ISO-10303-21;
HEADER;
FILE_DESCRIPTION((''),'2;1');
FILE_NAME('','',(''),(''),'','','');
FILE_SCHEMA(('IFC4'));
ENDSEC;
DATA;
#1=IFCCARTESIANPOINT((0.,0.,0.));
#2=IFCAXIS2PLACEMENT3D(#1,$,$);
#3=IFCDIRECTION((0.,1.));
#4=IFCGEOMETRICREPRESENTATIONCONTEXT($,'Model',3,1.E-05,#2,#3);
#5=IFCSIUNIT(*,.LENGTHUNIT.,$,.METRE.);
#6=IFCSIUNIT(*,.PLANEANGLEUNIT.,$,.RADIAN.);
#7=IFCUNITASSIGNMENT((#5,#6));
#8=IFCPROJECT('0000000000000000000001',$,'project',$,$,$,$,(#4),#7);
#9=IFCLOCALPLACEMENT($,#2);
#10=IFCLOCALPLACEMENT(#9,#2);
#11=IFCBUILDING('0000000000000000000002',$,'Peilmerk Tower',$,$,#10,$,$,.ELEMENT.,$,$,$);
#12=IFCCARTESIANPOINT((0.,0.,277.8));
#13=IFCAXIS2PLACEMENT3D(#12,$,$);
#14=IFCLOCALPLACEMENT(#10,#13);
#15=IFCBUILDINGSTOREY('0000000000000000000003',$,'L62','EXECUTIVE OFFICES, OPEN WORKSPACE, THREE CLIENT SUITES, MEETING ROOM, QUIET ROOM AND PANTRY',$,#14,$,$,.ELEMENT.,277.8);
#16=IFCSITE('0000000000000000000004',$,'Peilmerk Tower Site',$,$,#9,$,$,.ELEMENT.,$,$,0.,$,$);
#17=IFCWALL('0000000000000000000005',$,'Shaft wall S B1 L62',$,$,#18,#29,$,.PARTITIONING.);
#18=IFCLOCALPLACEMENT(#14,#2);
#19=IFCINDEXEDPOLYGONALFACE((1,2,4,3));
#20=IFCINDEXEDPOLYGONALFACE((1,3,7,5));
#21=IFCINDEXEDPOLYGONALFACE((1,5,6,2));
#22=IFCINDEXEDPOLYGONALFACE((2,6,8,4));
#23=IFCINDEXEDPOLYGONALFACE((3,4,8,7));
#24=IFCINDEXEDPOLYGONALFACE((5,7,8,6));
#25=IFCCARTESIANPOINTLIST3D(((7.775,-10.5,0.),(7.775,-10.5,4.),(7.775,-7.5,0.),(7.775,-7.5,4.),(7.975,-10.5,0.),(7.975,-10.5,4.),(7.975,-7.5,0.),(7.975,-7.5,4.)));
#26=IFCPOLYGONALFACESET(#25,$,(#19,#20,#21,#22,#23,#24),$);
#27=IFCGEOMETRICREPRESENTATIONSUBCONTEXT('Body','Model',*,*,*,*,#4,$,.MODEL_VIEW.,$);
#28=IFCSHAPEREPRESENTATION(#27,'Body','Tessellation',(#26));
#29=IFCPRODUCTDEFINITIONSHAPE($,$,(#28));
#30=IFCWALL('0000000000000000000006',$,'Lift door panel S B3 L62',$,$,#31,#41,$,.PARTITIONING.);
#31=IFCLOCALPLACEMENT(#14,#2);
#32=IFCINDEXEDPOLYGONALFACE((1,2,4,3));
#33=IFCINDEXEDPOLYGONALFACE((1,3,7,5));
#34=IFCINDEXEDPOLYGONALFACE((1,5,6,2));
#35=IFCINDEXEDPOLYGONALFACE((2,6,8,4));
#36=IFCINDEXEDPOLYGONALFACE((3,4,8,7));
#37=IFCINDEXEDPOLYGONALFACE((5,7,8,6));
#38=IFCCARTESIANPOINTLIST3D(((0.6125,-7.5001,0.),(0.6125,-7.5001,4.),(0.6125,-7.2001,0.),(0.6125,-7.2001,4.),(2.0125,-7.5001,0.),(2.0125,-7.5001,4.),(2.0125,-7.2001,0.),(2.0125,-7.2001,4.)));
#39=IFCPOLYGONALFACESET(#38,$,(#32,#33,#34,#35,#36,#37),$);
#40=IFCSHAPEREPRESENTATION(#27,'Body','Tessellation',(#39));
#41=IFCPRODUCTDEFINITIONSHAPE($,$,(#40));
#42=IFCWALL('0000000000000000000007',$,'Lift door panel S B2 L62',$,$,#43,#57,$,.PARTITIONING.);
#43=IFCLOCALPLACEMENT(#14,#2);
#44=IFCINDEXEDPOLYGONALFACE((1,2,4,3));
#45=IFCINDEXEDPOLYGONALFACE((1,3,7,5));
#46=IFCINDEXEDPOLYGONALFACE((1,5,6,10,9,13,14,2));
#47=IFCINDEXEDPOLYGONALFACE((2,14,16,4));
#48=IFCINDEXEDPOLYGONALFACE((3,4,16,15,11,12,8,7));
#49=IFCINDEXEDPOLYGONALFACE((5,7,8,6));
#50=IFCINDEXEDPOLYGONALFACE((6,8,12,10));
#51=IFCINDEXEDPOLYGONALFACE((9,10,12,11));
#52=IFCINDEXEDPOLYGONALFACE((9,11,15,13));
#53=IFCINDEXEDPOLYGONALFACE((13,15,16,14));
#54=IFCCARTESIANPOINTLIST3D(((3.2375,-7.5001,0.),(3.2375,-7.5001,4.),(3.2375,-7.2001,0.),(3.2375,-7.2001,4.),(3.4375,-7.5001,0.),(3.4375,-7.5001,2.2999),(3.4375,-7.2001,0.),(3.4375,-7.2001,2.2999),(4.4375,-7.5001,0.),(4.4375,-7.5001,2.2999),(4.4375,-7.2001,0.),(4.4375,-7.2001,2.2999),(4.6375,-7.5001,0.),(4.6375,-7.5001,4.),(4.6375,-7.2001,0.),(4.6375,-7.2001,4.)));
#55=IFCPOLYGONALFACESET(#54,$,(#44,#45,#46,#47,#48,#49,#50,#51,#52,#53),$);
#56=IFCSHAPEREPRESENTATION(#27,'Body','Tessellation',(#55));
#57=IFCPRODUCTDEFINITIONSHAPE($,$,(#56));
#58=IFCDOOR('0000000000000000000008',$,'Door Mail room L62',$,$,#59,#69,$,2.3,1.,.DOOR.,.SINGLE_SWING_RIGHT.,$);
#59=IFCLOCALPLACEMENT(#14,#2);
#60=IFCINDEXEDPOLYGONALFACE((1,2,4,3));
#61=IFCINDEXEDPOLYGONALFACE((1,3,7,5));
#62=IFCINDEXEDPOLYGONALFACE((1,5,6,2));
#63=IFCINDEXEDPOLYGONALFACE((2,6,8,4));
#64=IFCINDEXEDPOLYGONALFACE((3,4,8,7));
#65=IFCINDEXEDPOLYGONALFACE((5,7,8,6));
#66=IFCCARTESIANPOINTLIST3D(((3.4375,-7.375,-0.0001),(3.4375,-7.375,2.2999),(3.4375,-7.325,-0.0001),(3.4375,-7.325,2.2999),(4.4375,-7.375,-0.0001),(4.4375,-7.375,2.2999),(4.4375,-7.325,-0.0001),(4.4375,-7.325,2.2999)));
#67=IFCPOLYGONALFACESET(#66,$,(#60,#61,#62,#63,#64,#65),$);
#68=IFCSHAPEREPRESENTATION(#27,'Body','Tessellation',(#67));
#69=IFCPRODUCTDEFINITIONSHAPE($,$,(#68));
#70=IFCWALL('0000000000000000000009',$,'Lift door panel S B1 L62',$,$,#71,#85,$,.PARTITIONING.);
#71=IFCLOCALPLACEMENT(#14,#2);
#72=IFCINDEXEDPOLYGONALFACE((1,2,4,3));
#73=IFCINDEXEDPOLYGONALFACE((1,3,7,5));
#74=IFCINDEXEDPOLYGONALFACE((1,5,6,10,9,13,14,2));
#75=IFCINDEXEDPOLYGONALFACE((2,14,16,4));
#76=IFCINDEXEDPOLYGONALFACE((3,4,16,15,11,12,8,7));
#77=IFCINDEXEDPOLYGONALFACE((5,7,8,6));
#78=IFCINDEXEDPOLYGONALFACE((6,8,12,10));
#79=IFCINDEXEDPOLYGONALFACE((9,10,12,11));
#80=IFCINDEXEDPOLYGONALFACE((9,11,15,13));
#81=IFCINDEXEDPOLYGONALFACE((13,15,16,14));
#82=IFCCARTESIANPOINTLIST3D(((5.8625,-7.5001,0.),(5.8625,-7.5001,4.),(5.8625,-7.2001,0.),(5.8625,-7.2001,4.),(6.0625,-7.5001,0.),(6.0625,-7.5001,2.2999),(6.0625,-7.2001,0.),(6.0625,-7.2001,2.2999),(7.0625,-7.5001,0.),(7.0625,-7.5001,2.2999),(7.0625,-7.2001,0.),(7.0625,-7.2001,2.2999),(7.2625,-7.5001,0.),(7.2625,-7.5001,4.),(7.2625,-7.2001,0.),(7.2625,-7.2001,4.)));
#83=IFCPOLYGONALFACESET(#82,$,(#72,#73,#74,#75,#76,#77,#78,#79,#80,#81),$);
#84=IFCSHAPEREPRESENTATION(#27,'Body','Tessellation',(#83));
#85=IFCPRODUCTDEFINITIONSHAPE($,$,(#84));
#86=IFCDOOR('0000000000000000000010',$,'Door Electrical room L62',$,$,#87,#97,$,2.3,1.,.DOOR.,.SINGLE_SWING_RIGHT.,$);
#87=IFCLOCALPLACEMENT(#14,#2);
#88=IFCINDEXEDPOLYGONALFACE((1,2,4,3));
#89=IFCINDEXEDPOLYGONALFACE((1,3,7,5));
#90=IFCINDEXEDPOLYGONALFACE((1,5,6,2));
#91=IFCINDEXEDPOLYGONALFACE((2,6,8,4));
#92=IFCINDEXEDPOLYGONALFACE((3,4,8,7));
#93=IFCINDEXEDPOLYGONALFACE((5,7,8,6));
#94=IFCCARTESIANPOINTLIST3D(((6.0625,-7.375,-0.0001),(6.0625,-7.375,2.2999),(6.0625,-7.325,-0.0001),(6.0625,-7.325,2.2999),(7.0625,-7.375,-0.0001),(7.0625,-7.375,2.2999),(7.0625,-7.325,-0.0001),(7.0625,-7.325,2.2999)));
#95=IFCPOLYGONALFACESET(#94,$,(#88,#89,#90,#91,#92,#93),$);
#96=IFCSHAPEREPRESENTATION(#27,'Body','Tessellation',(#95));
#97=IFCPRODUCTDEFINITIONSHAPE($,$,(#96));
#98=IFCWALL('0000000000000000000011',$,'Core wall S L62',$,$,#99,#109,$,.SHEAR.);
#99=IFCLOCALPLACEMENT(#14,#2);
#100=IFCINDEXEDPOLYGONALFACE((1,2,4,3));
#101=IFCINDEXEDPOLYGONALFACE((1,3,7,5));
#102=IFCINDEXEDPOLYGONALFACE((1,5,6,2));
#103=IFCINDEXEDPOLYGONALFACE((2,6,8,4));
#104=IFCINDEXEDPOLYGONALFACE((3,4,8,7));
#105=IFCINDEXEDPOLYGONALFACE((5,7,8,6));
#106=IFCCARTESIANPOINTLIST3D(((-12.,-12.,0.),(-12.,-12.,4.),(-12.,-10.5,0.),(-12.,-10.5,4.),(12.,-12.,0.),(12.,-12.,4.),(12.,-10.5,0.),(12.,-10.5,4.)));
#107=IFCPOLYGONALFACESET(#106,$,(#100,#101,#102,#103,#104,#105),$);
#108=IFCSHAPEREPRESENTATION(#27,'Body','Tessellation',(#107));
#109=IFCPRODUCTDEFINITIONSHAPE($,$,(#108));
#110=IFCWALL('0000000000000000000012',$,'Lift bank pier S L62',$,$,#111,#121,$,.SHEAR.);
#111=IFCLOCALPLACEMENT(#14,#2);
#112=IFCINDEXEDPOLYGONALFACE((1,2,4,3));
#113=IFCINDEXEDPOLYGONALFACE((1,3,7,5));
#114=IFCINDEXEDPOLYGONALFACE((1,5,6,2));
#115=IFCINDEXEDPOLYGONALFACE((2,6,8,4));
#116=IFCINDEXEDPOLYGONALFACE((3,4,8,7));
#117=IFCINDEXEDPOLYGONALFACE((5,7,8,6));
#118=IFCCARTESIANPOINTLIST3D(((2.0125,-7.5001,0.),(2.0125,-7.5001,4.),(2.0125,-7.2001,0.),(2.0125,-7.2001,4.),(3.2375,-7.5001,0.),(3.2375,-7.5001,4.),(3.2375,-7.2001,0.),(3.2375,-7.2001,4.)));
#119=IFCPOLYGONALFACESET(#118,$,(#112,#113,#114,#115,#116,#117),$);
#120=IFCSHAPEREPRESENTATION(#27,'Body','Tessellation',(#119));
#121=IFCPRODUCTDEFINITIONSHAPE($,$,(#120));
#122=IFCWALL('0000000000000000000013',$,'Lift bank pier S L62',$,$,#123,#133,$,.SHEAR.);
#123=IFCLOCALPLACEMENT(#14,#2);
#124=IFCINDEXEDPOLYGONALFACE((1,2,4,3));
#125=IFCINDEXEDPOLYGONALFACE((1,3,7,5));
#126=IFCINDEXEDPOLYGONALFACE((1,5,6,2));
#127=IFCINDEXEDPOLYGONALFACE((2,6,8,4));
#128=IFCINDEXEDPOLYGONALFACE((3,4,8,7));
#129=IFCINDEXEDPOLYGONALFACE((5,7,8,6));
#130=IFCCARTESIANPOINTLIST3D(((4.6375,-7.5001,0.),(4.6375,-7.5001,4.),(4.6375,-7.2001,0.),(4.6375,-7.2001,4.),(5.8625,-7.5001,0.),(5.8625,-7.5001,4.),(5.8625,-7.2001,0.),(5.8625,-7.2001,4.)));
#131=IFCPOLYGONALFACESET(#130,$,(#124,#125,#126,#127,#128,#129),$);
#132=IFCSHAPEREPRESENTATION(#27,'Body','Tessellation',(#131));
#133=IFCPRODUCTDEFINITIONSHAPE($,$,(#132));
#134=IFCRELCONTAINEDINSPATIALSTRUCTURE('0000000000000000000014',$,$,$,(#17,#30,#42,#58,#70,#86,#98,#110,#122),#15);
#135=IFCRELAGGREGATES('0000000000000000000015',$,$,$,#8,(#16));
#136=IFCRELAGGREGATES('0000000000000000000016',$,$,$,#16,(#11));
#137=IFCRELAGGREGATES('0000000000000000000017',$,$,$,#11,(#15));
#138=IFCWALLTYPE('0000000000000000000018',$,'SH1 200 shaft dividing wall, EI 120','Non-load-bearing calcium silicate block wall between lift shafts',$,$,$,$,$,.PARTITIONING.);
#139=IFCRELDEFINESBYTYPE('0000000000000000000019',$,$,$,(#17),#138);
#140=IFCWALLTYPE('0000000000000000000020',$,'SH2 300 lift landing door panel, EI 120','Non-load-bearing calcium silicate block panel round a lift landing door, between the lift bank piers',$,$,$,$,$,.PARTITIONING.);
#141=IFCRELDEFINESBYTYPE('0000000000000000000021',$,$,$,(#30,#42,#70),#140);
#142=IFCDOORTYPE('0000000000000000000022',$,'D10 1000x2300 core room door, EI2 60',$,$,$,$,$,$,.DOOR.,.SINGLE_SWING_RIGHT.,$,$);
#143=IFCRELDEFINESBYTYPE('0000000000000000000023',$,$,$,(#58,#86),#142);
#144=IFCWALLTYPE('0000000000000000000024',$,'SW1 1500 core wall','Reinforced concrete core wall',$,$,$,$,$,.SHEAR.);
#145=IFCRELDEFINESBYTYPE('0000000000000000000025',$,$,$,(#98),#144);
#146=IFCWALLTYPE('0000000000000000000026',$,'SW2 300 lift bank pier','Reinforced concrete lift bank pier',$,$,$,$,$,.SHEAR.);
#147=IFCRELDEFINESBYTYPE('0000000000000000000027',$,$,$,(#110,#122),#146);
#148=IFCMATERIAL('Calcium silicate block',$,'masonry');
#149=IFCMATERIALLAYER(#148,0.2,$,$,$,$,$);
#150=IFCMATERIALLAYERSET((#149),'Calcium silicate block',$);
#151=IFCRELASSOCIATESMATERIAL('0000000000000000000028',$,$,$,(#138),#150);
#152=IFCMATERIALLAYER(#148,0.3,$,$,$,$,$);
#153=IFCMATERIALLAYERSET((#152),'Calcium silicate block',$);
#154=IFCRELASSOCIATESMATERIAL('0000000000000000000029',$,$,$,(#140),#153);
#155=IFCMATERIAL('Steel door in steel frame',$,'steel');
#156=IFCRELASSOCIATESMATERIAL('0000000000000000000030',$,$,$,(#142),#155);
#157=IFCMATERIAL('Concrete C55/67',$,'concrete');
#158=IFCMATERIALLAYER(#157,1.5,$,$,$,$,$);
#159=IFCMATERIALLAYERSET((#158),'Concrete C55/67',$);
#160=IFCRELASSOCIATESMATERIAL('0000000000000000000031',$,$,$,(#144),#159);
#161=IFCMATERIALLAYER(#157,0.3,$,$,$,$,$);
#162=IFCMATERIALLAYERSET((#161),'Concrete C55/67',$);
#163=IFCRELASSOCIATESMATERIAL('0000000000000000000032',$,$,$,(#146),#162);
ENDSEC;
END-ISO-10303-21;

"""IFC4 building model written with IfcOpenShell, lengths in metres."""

from ifc_helpers import new_model, si_unit, direction, frame, frame_2d, origin, place, context, subcontext, project, spatial, rectangle, extrude, material, layer, layer_set, type_object, element, fill, save


model = new_model("IFC4")

# Units and contexts
model_context = context("Model", 3, precision=1e-05, world=origin(), true_north=direction((0.0, 1.0)))
body_context = subcontext(model_context, "Body", "Model", "MODEL_VIEW")
ifc_project = project(units=[si_unit("LENGTHUNIT", "METRE"), si_unit("PLANEANGLEUNIT", "RADIAN")], contexts=[model_context])

# Site, building, storey
site_placement = place(None, origin())
site = spatial("IfcSite", under=ifc_project, at=site_placement, Name="Peilmerk Tower Site", CompositionType="ELEMENT", RefElevation=0.0)
building_placement = place(site_placement, origin())
building = spatial("IfcBuilding", under=site, at=building_placement, Name="Peilmerk Tower", CompositionType="ELEMENT")
storey_placement = place(building_placement, frame((0.0, 0.0, 277.8)))
storey = spatial("IfcBuildingStorey", under=building, at=storey_placement, Name="L62", Description="EXECUTIVE OFFICES, OPEN WORKSPACE, THREE CLIENT SUITES, MEETING ROOM, QUIET ROOM AND PANTRY", CompositionType="ELEMENT", Elevation=277.8)

# Shared definitions
ifc_material_1 = material(Name="Calcium silicate block", Category="masonry")

# Walls
ifc_layer_1 = layer(ifc_material_1, 0.2)
ifc_layer_set_1 = layer_set([ifc_layer_1], Name="Calcium silicate block")
wall_type_1 = type_object("IfcWallType", Name="SH1 200 shaft dividing wall, EI 120", Description="Non-load-bearing calcium silicate block wall between lift shafts", PredefinedType="PARTITIONING", material=ifc_layer_set_1)
for number, where, z_axis, x_axis, name in (
    (1, (7.875, -10.5, 0.0), (0.0, 0.0, 1.0), (0.0, 1.0, 0.0), "Shaft wall S B1 L62"),
):
    element("IfcWall", number, at=place(storey_placement, frame(where, z_axis=z_axis, x_axis=x_axis)), inside=storey, type_object=wall_type_1, Name=name, PredefinedType="PARTITIONING", context=body_context, shape_type="SweptSolid", body=[
        extrude(rectangle(XDim=3.0, YDim=0.2, at=frame_2d((1.5, 0.0))), origin(), (0.0, 0.0, 1.0), 4.0),
    ])
ifc_layer_2 = layer(ifc_material_1, 0.3)
ifc_layer_set_2 = layer_set([ifc_layer_2], Name="Calcium silicate block")
wall_type_2 = type_object("IfcWallType", Name="SH2 300 lift landing door panel, EI 120", Description="Non-load-bearing calcium silicate block panel round a lift landing door, between the lift bank piers", PredefinedType="PARTITIONING", material=ifc_layer_set_2)
wall_1_placement = place(storey_placement, frame((0.6125, -7.3501, 0.0), z_axis=(0.0, 0.0, 1.0), x_axis=(1.0, 0.0, 0.0)))
element("IfcWall", 2, at=wall_1_placement, inside=storey, type_object=wall_type_2, Name="Lift door panel S B3 L62", PredefinedType="PARTITIONING", context=body_context, shape_type="SweptSolid", body=[
    extrude(rectangle(XDim=1.3999, YDim=0.3, at=frame_2d((0.7, 0.0))), origin(), (0.0, 0.0, 1.0), 4.0),
])

# Walls, openings, doors
wall_2_placement = place(storey_placement, frame((3.2375, -7.3501, 0.0), z_axis=(0.0, 0.0, 1.0), x_axis=(1.0, 0.0, 0.0)))
wall_2 = element("IfcWall", 3, at=wall_2_placement, inside=storey, type_object=wall_type_2, Name="Lift door panel S B2 L62", PredefinedType="PARTITIONING", context=body_context, shape_type="SweptSolid", body=[
    extrude(rectangle(XDim=1.3999, YDim=0.3, at=frame_2d((0.7, 0.0))), origin(), (0.0, 0.0, 1.0), 4.0),
])
opening_1_placement = place(wall_2_placement, frame((0.2, 0.0, 0.0)))
opening_1 = element("IfcOpeningElement", 4, at=opening_1_placement, cuts=wall_2, PredefinedType="OPENING", context=body_context, shape_type="SweptSolid", body=[
    extrude(rectangle(XDim=1.0, YDim=2.3, at=frame_2d((0.5, 1.1499))), frame((0.0, 0.1599, 0.0), z_axis=(0.0, -1.0, 0.0), x_axis=(1.0, 0.0, 0.0)), (0.0, 0.0, 1.0), 0.3201),
])
ifc_material_2 = material(Name="Steel door in steel frame", Category="steel")
door_type_1 = type_object("IfcDoorType", Name="D10 1000x2300 core room door, EI2 60", OperationType="SINGLE_SWING_RIGHT", PredefinedType="DOOR", material=ifc_material_2)
door_1_placement = place(opening_1_placement, frame((1.0, 0.0, 0.0), z_axis=(0.0, 0.0, 1.0), x_axis=(-1.0, 0.0, 0.0)))
door_1 = element("IfcDoor", 5, at=door_1_placement, inside=storey, type_object=door_type_1, Name="Door Mail room L62", OperationType="SINGLE_SWING_RIGHT", OverallHeight=2.3, OverallWidth=1.0, PredefinedType="DOOR", context=body_context, shape_type="SweptSolid", body=[
    extrude(rectangle(XDim=1.0, YDim=2.3, at=frame_2d((0.5, 1.1499))), frame((0.0, 0.0249, 0.0), z_axis=(0.0, -1.0, 0.0), x_axis=(1.0, 0.0, 0.0)), (0.0, 0.0, 1.0), 0.05),
])
fill(opening_1, door_1)
wall_3_placement = place(storey_placement, frame((5.8625, -7.3501, 0.0), z_axis=(0.0, 0.0, 1.0), x_axis=(1.0, 0.0, 0.0)))
wall_3 = element("IfcWall", 6, at=wall_3_placement, inside=storey, type_object=wall_type_2, Name="Lift door panel S B1 L62", PredefinedType="PARTITIONING", context=body_context, shape_type="SweptSolid", body=[
    extrude(rectangle(XDim=1.3999, YDim=0.3, at=frame_2d((0.7, 0.0))), origin(), (0.0, 0.0, 1.0), 4.0),
])
opening_2_placement = place(wall_3_placement, frame((0.2, 0.0, 0.0)))
opening_2 = element("IfcOpeningElement", 7, at=opening_2_placement, cuts=wall_3, PredefinedType="OPENING", context=body_context, shape_type="SweptSolid", body=[
    extrude(rectangle(XDim=1.0, YDim=2.3, at=frame_2d((0.5, 1.1499))), frame((0.0, 0.1599, 0.0), z_axis=(0.0, -1.0, 0.0), x_axis=(1.0, 0.0, 0.0)), (0.0, 0.0, 1.0), 0.3201),
])
door_2_placement = place(opening_2_placement, frame((1.0, 0.0, 0.0), z_axis=(0.0, 0.0, 1.0), x_axis=(-1.0, 0.0, 0.0)))
door_2 = element("IfcDoor", 8, at=door_2_placement, inside=storey, type_object=door_type_1, Name="Door Electrical room L62", OperationType="SINGLE_SWING_RIGHT", OverallHeight=2.3, OverallWidth=1.0, PredefinedType="DOOR", context=body_context, shape_type="SweptSolid", body=[
    extrude(rectangle(XDim=1.0, YDim=2.3, at=frame_2d((0.5, 1.1499))), frame((0.0, 0.0249, 0.0), z_axis=(0.0, -1.0, 0.0), x_axis=(1.0, 0.0, 0.0)), (0.0, 0.0, 1.0), 0.05),
])
fill(opening_2, door_2)

# Walls
ifc_material_3 = material(Name="Concrete C55/67", Category="concrete")
ifc_layer_3 = layer(ifc_material_3, 1.5)
ifc_layer_set_3 = layer_set([ifc_layer_3], Name="Concrete C55/67")
wall_type_3 = type_object("IfcWallType", Name="SW1 1500 core wall", Description="Reinforced concrete core wall", PredefinedType="SHEAR", material=ifc_layer_set_3)
wall_4_placement = place(storey_placement, frame((12.0, -11.25, 0.0), z_axis=(0.0, 0.0, 1.0), x_axis=(-1.0, 0.0, 0.0)))
element("IfcWall", 9, at=wall_4_placement, inside=storey, type_object=wall_type_3, Name="Core wall S L62", PredefinedType="SHEAR", context=body_context, shape_type="SweptSolid", body=[
    extrude(rectangle(XDim=24.0, YDim=1.5, at=frame_2d((12.0, 0.0))), origin(), (0.0, 0.0, 1.0), 4.0),
])
ifc_layer_4 = layer(ifc_material_3, 0.3)
ifc_layer_set_4 = layer_set([ifc_layer_4], Name="Concrete C55/67")
wall_type_4 = type_object("IfcWallType", Name="SW2 300 lift bank pier", Description="Reinforced concrete lift bank pier", PredefinedType="SHEAR", material=ifc_layer_set_4)
for number, where, z_axis, x_axis, name in (
    (10, (2.0125, -7.3501, 0.0), (0.0, 0.0, 1.0), (1.0, 0.0, 0.0), "Lift bank pier S L62"),
    (11, (4.6375, -7.3501, 0.0), (0.0, 0.0, 1.0), (1.0, 0.0, 0.0), "Lift bank pier S L62"),
):
    element("IfcWall", number, at=place(storey_placement, frame(where, z_axis=z_axis, x_axis=x_axis)), inside=storey, type_object=wall_type_4, Name=name, PredefinedType="SHEAR", context=body_context, shape_type="SweptSolid", body=[
        extrude(rectangle(XDim=1.2251, YDim=0.3, at=frame_2d((0.6125, 0.0))), origin(), (0.0, 0.0, 1.0), 4.0),
    ])

save(model, "model.ifc")
